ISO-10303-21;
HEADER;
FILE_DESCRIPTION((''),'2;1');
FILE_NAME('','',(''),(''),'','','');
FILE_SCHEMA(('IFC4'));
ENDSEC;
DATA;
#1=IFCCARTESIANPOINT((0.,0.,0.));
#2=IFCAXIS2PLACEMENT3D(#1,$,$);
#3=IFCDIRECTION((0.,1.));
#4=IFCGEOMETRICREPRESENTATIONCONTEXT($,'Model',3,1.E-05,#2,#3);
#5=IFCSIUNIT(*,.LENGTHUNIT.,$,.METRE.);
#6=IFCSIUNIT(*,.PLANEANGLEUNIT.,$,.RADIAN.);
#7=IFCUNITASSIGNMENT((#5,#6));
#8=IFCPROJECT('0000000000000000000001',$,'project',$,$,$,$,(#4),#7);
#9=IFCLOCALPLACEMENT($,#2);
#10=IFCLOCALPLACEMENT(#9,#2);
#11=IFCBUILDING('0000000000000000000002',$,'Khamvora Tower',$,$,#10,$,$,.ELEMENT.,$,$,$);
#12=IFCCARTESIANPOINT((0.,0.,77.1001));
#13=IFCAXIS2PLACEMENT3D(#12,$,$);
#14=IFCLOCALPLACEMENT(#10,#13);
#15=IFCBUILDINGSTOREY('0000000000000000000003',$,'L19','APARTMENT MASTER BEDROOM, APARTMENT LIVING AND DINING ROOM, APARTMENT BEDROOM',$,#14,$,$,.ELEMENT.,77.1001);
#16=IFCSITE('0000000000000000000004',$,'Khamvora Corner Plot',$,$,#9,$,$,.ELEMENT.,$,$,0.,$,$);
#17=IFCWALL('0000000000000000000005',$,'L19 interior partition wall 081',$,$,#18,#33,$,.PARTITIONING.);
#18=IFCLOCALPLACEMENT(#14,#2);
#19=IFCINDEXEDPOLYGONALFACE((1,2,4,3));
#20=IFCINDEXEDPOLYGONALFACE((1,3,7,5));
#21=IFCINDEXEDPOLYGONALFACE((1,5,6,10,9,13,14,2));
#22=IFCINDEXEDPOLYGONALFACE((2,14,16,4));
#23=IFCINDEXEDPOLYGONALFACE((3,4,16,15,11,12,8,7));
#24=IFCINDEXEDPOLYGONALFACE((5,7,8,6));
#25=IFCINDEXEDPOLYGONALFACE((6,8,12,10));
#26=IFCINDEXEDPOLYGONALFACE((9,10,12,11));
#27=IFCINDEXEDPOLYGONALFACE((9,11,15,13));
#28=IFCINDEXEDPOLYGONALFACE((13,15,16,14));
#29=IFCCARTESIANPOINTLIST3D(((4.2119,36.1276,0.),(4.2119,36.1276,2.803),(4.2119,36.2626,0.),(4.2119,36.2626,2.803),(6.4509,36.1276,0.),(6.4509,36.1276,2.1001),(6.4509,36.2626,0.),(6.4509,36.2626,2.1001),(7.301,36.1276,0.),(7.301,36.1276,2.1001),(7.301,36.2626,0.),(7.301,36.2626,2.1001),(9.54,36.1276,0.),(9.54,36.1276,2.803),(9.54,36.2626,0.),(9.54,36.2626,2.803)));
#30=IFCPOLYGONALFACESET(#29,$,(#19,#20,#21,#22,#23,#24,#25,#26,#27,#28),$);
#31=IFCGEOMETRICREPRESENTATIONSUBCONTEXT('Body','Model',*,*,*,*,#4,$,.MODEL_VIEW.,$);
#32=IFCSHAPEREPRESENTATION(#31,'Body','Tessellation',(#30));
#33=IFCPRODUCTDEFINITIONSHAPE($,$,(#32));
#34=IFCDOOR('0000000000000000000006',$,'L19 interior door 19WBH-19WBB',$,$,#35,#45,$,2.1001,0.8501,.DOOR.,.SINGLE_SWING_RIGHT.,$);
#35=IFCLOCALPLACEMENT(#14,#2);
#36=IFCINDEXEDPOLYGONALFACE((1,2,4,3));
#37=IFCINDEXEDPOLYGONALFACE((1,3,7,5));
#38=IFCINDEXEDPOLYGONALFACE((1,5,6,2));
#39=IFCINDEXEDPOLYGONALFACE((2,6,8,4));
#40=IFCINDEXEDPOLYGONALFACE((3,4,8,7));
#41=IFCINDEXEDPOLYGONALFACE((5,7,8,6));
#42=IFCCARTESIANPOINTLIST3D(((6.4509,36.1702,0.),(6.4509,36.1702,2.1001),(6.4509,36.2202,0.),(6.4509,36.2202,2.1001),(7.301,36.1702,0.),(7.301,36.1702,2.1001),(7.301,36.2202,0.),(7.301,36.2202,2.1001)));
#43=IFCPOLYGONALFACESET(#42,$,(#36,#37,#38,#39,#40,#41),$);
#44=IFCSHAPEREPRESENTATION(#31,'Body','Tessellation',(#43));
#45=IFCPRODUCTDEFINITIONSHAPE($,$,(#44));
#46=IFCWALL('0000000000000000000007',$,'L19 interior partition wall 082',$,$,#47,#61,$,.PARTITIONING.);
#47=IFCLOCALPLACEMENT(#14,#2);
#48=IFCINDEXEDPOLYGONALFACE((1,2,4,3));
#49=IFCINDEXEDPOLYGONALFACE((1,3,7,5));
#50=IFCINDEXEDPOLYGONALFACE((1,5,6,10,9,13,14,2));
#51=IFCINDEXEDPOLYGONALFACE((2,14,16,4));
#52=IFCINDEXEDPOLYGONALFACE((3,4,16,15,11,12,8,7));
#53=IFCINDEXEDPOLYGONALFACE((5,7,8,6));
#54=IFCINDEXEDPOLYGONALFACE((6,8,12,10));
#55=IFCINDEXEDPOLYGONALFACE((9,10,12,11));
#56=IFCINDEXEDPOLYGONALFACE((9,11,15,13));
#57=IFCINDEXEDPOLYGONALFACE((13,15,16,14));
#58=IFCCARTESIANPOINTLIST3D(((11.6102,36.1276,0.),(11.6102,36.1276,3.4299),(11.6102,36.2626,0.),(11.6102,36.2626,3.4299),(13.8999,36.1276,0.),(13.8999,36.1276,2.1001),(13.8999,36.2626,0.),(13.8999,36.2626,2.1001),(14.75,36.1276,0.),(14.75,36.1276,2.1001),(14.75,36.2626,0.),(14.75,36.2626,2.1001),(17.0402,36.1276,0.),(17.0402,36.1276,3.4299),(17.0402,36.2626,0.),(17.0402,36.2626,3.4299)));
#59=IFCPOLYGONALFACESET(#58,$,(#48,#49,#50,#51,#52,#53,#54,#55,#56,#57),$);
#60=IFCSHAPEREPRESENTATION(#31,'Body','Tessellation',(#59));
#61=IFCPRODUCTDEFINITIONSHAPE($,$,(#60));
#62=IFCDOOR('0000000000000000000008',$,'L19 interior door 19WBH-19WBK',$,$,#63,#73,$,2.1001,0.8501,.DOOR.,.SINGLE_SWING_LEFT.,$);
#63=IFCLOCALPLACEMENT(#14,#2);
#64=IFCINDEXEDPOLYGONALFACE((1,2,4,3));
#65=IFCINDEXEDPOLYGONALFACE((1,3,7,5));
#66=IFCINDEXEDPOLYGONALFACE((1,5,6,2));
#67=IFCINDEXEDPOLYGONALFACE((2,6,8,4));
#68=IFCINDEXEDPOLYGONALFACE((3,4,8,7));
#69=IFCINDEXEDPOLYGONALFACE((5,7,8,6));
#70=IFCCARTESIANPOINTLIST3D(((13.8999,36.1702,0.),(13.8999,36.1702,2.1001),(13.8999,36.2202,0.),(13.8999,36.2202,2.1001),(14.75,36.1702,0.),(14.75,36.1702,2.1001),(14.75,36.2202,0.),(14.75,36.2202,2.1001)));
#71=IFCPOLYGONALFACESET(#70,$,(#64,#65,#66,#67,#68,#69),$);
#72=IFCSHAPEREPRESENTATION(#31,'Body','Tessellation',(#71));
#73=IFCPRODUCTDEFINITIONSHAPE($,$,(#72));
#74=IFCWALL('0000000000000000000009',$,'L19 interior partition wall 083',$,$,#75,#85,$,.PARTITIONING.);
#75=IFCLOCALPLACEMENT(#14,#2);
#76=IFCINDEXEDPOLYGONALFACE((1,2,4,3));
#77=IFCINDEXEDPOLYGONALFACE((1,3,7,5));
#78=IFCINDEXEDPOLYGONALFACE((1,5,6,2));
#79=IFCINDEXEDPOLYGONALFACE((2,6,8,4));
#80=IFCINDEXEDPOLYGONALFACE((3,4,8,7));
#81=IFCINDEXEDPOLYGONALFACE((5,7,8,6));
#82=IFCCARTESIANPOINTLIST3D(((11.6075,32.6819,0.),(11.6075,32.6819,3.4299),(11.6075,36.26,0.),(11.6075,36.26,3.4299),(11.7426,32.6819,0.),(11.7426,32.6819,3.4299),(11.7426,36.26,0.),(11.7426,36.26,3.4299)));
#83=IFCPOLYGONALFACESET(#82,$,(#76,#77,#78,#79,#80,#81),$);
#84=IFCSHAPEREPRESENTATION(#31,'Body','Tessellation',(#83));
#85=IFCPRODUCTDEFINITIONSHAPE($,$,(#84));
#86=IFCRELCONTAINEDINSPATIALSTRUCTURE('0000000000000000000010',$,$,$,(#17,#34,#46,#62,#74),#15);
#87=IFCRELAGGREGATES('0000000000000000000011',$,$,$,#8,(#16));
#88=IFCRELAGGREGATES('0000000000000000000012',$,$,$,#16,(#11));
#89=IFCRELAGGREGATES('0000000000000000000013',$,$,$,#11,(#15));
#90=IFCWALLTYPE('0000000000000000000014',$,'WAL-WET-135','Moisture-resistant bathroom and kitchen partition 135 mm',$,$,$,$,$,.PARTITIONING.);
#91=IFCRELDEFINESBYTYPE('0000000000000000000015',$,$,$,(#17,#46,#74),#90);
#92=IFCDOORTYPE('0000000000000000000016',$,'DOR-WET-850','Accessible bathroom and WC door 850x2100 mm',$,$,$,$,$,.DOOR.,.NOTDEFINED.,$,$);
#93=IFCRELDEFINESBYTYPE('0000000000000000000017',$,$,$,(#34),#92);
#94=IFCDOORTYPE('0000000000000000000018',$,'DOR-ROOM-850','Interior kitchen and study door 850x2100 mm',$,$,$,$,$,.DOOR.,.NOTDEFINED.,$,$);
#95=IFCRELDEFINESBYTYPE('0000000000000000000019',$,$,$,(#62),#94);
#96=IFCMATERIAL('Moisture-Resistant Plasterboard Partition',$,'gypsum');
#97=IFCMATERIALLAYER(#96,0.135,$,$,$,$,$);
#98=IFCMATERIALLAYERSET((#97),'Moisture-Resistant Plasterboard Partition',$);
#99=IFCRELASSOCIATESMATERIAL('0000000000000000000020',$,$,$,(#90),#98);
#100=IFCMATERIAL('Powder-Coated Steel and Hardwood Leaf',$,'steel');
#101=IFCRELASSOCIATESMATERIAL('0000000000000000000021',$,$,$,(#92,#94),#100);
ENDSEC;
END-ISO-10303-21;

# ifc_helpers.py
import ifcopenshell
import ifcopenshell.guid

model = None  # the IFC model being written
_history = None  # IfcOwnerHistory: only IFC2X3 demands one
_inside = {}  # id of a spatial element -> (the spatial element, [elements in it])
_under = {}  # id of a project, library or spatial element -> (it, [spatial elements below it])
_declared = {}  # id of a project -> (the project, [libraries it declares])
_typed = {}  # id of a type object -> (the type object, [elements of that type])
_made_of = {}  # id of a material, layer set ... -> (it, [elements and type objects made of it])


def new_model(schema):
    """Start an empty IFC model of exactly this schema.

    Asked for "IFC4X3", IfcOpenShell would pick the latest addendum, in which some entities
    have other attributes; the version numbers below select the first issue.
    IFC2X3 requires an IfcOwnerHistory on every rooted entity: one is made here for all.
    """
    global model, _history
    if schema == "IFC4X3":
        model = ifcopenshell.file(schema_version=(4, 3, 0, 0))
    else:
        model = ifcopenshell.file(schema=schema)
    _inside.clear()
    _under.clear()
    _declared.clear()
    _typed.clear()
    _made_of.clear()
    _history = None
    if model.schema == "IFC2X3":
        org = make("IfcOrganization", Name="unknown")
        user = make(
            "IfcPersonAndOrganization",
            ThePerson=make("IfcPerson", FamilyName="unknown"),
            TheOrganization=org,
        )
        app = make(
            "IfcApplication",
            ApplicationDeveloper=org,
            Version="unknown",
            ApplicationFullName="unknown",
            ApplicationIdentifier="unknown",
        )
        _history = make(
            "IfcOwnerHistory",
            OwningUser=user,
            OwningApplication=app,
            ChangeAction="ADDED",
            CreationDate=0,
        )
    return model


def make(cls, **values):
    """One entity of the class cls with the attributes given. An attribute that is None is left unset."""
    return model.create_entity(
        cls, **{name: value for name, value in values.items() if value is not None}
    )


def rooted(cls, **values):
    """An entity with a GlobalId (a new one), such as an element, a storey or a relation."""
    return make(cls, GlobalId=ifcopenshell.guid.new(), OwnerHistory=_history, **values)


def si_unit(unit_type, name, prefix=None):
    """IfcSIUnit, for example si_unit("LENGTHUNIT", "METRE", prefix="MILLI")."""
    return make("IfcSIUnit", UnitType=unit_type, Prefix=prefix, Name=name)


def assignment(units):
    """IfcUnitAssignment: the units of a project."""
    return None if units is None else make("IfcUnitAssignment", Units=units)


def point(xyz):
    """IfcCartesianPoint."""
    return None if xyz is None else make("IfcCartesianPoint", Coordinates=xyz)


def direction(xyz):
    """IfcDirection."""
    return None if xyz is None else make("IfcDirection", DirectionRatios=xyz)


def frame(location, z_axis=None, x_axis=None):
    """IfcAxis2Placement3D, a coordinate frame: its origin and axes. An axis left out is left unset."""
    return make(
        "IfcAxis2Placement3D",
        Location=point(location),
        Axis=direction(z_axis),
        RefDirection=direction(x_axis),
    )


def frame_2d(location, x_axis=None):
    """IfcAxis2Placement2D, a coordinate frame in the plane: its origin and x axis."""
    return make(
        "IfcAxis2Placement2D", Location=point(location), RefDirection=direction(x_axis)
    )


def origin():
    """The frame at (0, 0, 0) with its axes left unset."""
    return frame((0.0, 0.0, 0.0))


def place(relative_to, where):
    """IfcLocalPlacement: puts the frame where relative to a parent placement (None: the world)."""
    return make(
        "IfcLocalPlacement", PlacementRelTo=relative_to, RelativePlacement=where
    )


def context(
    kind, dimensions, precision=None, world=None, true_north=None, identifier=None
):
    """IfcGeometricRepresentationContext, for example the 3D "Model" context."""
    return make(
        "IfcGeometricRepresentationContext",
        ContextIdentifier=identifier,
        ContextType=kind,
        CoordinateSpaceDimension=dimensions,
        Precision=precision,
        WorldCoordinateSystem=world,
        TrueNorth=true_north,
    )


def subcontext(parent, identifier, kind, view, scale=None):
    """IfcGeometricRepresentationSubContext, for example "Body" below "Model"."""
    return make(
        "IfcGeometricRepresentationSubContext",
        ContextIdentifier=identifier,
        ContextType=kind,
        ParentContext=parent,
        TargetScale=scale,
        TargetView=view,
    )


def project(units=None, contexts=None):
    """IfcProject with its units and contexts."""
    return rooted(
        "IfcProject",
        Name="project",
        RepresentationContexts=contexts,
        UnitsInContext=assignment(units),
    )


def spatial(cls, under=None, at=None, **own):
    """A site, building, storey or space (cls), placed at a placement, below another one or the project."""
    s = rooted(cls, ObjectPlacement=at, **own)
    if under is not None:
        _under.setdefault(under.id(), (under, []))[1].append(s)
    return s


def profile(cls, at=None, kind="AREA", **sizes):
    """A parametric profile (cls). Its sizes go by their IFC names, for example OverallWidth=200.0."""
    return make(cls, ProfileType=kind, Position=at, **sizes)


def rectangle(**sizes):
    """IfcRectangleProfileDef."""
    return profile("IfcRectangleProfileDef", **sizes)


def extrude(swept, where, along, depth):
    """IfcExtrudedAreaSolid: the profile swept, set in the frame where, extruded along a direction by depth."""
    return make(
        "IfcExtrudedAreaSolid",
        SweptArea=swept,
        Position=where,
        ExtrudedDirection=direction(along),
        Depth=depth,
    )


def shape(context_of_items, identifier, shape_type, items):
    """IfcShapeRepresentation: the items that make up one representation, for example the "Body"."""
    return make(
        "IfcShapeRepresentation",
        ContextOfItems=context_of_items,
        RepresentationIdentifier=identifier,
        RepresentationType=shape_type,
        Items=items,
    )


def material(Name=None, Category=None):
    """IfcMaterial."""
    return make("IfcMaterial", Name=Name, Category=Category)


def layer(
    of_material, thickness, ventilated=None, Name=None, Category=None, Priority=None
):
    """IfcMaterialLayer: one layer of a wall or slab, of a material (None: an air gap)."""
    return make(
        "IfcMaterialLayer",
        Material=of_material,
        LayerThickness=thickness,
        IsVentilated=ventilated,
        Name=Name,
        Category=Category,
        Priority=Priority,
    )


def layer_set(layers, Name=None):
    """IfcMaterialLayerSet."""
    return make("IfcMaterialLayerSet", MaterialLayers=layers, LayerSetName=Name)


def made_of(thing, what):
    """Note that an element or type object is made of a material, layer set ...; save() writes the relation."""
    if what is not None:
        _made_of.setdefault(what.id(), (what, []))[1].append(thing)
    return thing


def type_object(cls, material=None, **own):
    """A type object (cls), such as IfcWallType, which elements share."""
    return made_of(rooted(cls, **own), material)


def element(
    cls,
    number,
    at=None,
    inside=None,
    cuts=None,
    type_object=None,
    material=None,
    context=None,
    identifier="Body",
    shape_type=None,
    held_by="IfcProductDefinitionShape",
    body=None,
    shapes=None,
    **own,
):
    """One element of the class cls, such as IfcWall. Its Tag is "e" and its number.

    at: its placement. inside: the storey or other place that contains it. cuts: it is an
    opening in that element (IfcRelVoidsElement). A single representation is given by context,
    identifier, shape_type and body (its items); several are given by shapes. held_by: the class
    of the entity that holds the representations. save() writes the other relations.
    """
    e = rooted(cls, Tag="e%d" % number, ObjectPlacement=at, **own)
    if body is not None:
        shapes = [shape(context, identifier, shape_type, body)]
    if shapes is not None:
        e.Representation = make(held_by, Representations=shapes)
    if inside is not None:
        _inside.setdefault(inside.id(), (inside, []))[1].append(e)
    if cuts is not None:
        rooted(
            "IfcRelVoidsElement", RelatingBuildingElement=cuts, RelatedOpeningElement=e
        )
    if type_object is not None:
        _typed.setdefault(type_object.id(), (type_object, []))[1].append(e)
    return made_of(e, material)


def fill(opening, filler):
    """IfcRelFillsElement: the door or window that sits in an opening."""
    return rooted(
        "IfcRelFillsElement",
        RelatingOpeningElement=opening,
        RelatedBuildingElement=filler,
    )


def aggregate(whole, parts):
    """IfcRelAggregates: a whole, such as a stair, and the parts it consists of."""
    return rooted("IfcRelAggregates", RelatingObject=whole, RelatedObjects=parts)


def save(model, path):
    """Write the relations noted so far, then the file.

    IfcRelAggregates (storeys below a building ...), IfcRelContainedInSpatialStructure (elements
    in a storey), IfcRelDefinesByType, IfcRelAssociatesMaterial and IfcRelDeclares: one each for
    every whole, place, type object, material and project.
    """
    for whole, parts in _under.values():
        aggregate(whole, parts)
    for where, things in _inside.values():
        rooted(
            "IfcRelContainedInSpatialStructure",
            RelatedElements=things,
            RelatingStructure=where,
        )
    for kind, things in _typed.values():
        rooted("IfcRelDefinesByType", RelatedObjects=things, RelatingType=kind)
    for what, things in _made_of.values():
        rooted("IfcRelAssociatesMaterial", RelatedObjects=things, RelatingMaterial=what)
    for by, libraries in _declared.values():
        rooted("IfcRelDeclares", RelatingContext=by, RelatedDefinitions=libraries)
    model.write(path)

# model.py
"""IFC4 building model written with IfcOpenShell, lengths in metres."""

from ifc_helpers import new_model, si_unit, direction, frame, frame_2d, origin, place, context, subcontext, project, spatial, rectangle, extrude, material, layer, layer_set, type_object, element, fill, save


model = new_model("IFC4")

# Units and contexts
model_context = context("Model", 3, precision=1e-05, world=origin(), true_north=direction((0.0, 1.0)))
body_context = subcontext(model_context, "Body", "Model", "MODEL_VIEW")
ifc_project = project(units=[si_unit("LENGTHUNIT", "METRE"), si_unit("PLANEANGLEUNIT", "RADIAN")], contexts=[model_context])

# Site, building, storey
site_placement = place(None, origin())
site = spatial("IfcSite", under=ifc_project, at=site_placement, Name="Khamvora Corner Plot", CompositionType="ELEMENT", RefElevation=0.0)
building_placement = place(site_placement, origin())
building = spatial("IfcBuilding", under=site, at=building_placement, Name="Khamvora Tower", CompositionType="ELEMENT")
storey_placement = place(building_placement, frame((0.0, 0.0, 77.1001)))
storey = spatial("IfcBuildingStorey", under=building, at=storey_placement, Name="L19", Description="APARTMENT MASTER BEDROOM, APARTMENT LIVING AND DINING ROOM, APARTMENT BEDROOM", CompositionType="ELEMENT", Elevation=77.1001)

# Shared definitions
ifc_material_1 = material(Name="Powder-Coated Steel and Hardwood Leaf", Category="steel")

# Shared definitions
ifc_material_2 = material(Name="Moisture-Resistant Plasterboard Partition", Category="gypsum")
ifc_layer_1 = layer(ifc_material_2, 0.135)
ifc_layer_set_1 = layer_set([ifc_layer_1], Name="Moisture-Resistant Plasterboard Partition")
wall_type_1 = type_object("IfcWallType", Name="WAL-WET-135", Description="Moisture-resistant bathroom and kitchen partition 135 mm", PredefinedType="PARTITIONING", material=ifc_layer_set_1)

# Walls, openings, doors
wall_1_placement = place(storey_placement, frame((9.54, 36.1951, 0.0), z_axis=(0.0, 0.0, 1.0), x_axis=(-1.0, 0.0, 0.0)))
wall_1 = element("IfcWall", 1, at=wall_1_placement, inside=storey, type_object=wall_type_1, Name="L19 interior partition wall 081", PredefinedType="PARTITIONING", context=body_context, shape_type="SweptSolid", body=[
    extrude(rectangle(XDim=5.3281, YDim=0.135, at=frame_2d((2.6641, 0.0))), origin(), (0.0, 0.0, 1.0), 2.803),
])
opening_1_placement = place(wall_1_placement, frame((2.239, 0.0, 0.0)))
opening_1 = element("IfcOpeningElement", 2, at=opening_1_placement, cuts=wall_1, PredefinedType="OPENING", context=body_context, shape_type="SweptSolid", body=[
    extrude(rectangle(XDim=0.8501, YDim=2.1001, at=frame_2d((0.425, 1.05))), frame((0.0, 0.0774, 0.0), z_axis=(0.0, -1.0, 0.0), x_axis=(1.0, 0.0, 0.0)), (0.0, 0.0, 1.0), 0.155),
])
door_type_1 = type_object("IfcDoorType", Name="DOR-WET-850", Description="Accessible bathroom and WC door 850x2100 mm", OperationType="NOTDEFINED", PredefinedType="DOOR", material=ifc_material_1)
door_1_placement = place(opening_1_placement, origin())
door_1 = element("IfcDoor", 3, at=door_1_placement, inside=storey, type_object=door_type_1, Name="L19 interior door 19WBH-19WBB", OperationType="SINGLE_SWING_RIGHT", OverallHeight=2.1001, OverallWidth=0.8501, PredefinedType="DOOR", context=body_context, shape_type="SweptSolid", body=[
    extrude(rectangle(XDim=0.8501, YDim=2.1001, at=frame_2d((0.425, 1.05))), frame((0.0, 0.0249, 0.0), z_axis=(0.0, -1.0, 0.0), x_axis=(1.0, 0.0, 0.0)), (0.0, 0.0, 1.0), 0.05),
])
fill(opening_1, door_1)
wall_2_placement = place(storey_placement, frame((17.04, 36.1951, 0.0), z_axis=(0.0, 0.0, 1.0), x_axis=(-1.0, 0.0, 0.0)))
wall_2 = element("IfcWall", 4, at=wall_2_placement, inside=storey, type_object=wall_type_1, Name="L19 interior partition wall 082", PredefinedType="PARTITIONING", context=body_context, shape_type="SweptSolid", body=[
    extrude(rectangle(XDim=5.4299, YDim=0.135, at=frame_2d((2.7148, 0.0))), origin(), (0.0, 0.0, 1.0), 3.4299),
])
opening_2_placement = place(wall_2_placement, frame((2.29, 0.0, 0.0)))
opening_2 = element("IfcOpeningElement", 5, at=opening_2_placement, cuts=wall_2, PredefinedType="OPENING", context=body_context, shape_type="SweptSolid", body=[
    extrude(rectangle(XDim=0.8501, YDim=2.1001, at=frame_2d((0.425, 1.05))), frame((0.0, 0.0774, 0.0), z_axis=(0.0, -1.0, 0.0), x_axis=(1.0, 0.0, 0.0)), (0.0, 0.0, 1.0), 0.155),
])
door_type_2 = type_object("IfcDoorType", Name="DOR-ROOM-850", Description="Interior kitchen and study door 850x2100 mm", OperationType="NOTDEFINED", PredefinedType="DOOR", material=ifc_material_1)
door_2_placement = place(opening_2_placement, origin())
door_2 = element("IfcDoor", 6, at=door_2_placement, inside=storey, type_object=door_type_2, Name="L19 interior door 19WBH-19WBK", OperationType="SINGLE_SWING_LEFT", OverallHeight=2.1001, OverallWidth=0.8501, PredefinedType="DOOR", context=body_context, shape_type="SweptSolid", body=[
    extrude(rectangle(XDim=0.8501, YDim=2.1001, at=frame_2d((0.425, 1.05))), frame((0.0, 0.0249, 0.0), z_axis=(0.0, -1.0, 0.0), x_axis=(1.0, 0.0, 0.0)), (0.0, 0.0, 1.0), 0.05),
])
fill(opening_2, door_2)

# Wall
wall_3_placement = place(storey_placement, frame((11.675, 36.26, 0.0), z_axis=(0.0, 0.0, 1.0), x_axis=(0.0, -1.0, 0.0)))
element("IfcWall", 7, at=wall_3_placement, inside=storey, type_object=wall_type_1, Name="L19 interior partition wall 083", PredefinedType="PARTITIONING", context=body_context, shape_type="SweptSolid", body=[
    extrude(rectangle(XDim=3.5781, YDim=0.135, at=frame_2d((1.7891, 0.0))), origin(), (0.0, 0.0, 1.0), 3.4299),
])

save(model, "model.ifc")
